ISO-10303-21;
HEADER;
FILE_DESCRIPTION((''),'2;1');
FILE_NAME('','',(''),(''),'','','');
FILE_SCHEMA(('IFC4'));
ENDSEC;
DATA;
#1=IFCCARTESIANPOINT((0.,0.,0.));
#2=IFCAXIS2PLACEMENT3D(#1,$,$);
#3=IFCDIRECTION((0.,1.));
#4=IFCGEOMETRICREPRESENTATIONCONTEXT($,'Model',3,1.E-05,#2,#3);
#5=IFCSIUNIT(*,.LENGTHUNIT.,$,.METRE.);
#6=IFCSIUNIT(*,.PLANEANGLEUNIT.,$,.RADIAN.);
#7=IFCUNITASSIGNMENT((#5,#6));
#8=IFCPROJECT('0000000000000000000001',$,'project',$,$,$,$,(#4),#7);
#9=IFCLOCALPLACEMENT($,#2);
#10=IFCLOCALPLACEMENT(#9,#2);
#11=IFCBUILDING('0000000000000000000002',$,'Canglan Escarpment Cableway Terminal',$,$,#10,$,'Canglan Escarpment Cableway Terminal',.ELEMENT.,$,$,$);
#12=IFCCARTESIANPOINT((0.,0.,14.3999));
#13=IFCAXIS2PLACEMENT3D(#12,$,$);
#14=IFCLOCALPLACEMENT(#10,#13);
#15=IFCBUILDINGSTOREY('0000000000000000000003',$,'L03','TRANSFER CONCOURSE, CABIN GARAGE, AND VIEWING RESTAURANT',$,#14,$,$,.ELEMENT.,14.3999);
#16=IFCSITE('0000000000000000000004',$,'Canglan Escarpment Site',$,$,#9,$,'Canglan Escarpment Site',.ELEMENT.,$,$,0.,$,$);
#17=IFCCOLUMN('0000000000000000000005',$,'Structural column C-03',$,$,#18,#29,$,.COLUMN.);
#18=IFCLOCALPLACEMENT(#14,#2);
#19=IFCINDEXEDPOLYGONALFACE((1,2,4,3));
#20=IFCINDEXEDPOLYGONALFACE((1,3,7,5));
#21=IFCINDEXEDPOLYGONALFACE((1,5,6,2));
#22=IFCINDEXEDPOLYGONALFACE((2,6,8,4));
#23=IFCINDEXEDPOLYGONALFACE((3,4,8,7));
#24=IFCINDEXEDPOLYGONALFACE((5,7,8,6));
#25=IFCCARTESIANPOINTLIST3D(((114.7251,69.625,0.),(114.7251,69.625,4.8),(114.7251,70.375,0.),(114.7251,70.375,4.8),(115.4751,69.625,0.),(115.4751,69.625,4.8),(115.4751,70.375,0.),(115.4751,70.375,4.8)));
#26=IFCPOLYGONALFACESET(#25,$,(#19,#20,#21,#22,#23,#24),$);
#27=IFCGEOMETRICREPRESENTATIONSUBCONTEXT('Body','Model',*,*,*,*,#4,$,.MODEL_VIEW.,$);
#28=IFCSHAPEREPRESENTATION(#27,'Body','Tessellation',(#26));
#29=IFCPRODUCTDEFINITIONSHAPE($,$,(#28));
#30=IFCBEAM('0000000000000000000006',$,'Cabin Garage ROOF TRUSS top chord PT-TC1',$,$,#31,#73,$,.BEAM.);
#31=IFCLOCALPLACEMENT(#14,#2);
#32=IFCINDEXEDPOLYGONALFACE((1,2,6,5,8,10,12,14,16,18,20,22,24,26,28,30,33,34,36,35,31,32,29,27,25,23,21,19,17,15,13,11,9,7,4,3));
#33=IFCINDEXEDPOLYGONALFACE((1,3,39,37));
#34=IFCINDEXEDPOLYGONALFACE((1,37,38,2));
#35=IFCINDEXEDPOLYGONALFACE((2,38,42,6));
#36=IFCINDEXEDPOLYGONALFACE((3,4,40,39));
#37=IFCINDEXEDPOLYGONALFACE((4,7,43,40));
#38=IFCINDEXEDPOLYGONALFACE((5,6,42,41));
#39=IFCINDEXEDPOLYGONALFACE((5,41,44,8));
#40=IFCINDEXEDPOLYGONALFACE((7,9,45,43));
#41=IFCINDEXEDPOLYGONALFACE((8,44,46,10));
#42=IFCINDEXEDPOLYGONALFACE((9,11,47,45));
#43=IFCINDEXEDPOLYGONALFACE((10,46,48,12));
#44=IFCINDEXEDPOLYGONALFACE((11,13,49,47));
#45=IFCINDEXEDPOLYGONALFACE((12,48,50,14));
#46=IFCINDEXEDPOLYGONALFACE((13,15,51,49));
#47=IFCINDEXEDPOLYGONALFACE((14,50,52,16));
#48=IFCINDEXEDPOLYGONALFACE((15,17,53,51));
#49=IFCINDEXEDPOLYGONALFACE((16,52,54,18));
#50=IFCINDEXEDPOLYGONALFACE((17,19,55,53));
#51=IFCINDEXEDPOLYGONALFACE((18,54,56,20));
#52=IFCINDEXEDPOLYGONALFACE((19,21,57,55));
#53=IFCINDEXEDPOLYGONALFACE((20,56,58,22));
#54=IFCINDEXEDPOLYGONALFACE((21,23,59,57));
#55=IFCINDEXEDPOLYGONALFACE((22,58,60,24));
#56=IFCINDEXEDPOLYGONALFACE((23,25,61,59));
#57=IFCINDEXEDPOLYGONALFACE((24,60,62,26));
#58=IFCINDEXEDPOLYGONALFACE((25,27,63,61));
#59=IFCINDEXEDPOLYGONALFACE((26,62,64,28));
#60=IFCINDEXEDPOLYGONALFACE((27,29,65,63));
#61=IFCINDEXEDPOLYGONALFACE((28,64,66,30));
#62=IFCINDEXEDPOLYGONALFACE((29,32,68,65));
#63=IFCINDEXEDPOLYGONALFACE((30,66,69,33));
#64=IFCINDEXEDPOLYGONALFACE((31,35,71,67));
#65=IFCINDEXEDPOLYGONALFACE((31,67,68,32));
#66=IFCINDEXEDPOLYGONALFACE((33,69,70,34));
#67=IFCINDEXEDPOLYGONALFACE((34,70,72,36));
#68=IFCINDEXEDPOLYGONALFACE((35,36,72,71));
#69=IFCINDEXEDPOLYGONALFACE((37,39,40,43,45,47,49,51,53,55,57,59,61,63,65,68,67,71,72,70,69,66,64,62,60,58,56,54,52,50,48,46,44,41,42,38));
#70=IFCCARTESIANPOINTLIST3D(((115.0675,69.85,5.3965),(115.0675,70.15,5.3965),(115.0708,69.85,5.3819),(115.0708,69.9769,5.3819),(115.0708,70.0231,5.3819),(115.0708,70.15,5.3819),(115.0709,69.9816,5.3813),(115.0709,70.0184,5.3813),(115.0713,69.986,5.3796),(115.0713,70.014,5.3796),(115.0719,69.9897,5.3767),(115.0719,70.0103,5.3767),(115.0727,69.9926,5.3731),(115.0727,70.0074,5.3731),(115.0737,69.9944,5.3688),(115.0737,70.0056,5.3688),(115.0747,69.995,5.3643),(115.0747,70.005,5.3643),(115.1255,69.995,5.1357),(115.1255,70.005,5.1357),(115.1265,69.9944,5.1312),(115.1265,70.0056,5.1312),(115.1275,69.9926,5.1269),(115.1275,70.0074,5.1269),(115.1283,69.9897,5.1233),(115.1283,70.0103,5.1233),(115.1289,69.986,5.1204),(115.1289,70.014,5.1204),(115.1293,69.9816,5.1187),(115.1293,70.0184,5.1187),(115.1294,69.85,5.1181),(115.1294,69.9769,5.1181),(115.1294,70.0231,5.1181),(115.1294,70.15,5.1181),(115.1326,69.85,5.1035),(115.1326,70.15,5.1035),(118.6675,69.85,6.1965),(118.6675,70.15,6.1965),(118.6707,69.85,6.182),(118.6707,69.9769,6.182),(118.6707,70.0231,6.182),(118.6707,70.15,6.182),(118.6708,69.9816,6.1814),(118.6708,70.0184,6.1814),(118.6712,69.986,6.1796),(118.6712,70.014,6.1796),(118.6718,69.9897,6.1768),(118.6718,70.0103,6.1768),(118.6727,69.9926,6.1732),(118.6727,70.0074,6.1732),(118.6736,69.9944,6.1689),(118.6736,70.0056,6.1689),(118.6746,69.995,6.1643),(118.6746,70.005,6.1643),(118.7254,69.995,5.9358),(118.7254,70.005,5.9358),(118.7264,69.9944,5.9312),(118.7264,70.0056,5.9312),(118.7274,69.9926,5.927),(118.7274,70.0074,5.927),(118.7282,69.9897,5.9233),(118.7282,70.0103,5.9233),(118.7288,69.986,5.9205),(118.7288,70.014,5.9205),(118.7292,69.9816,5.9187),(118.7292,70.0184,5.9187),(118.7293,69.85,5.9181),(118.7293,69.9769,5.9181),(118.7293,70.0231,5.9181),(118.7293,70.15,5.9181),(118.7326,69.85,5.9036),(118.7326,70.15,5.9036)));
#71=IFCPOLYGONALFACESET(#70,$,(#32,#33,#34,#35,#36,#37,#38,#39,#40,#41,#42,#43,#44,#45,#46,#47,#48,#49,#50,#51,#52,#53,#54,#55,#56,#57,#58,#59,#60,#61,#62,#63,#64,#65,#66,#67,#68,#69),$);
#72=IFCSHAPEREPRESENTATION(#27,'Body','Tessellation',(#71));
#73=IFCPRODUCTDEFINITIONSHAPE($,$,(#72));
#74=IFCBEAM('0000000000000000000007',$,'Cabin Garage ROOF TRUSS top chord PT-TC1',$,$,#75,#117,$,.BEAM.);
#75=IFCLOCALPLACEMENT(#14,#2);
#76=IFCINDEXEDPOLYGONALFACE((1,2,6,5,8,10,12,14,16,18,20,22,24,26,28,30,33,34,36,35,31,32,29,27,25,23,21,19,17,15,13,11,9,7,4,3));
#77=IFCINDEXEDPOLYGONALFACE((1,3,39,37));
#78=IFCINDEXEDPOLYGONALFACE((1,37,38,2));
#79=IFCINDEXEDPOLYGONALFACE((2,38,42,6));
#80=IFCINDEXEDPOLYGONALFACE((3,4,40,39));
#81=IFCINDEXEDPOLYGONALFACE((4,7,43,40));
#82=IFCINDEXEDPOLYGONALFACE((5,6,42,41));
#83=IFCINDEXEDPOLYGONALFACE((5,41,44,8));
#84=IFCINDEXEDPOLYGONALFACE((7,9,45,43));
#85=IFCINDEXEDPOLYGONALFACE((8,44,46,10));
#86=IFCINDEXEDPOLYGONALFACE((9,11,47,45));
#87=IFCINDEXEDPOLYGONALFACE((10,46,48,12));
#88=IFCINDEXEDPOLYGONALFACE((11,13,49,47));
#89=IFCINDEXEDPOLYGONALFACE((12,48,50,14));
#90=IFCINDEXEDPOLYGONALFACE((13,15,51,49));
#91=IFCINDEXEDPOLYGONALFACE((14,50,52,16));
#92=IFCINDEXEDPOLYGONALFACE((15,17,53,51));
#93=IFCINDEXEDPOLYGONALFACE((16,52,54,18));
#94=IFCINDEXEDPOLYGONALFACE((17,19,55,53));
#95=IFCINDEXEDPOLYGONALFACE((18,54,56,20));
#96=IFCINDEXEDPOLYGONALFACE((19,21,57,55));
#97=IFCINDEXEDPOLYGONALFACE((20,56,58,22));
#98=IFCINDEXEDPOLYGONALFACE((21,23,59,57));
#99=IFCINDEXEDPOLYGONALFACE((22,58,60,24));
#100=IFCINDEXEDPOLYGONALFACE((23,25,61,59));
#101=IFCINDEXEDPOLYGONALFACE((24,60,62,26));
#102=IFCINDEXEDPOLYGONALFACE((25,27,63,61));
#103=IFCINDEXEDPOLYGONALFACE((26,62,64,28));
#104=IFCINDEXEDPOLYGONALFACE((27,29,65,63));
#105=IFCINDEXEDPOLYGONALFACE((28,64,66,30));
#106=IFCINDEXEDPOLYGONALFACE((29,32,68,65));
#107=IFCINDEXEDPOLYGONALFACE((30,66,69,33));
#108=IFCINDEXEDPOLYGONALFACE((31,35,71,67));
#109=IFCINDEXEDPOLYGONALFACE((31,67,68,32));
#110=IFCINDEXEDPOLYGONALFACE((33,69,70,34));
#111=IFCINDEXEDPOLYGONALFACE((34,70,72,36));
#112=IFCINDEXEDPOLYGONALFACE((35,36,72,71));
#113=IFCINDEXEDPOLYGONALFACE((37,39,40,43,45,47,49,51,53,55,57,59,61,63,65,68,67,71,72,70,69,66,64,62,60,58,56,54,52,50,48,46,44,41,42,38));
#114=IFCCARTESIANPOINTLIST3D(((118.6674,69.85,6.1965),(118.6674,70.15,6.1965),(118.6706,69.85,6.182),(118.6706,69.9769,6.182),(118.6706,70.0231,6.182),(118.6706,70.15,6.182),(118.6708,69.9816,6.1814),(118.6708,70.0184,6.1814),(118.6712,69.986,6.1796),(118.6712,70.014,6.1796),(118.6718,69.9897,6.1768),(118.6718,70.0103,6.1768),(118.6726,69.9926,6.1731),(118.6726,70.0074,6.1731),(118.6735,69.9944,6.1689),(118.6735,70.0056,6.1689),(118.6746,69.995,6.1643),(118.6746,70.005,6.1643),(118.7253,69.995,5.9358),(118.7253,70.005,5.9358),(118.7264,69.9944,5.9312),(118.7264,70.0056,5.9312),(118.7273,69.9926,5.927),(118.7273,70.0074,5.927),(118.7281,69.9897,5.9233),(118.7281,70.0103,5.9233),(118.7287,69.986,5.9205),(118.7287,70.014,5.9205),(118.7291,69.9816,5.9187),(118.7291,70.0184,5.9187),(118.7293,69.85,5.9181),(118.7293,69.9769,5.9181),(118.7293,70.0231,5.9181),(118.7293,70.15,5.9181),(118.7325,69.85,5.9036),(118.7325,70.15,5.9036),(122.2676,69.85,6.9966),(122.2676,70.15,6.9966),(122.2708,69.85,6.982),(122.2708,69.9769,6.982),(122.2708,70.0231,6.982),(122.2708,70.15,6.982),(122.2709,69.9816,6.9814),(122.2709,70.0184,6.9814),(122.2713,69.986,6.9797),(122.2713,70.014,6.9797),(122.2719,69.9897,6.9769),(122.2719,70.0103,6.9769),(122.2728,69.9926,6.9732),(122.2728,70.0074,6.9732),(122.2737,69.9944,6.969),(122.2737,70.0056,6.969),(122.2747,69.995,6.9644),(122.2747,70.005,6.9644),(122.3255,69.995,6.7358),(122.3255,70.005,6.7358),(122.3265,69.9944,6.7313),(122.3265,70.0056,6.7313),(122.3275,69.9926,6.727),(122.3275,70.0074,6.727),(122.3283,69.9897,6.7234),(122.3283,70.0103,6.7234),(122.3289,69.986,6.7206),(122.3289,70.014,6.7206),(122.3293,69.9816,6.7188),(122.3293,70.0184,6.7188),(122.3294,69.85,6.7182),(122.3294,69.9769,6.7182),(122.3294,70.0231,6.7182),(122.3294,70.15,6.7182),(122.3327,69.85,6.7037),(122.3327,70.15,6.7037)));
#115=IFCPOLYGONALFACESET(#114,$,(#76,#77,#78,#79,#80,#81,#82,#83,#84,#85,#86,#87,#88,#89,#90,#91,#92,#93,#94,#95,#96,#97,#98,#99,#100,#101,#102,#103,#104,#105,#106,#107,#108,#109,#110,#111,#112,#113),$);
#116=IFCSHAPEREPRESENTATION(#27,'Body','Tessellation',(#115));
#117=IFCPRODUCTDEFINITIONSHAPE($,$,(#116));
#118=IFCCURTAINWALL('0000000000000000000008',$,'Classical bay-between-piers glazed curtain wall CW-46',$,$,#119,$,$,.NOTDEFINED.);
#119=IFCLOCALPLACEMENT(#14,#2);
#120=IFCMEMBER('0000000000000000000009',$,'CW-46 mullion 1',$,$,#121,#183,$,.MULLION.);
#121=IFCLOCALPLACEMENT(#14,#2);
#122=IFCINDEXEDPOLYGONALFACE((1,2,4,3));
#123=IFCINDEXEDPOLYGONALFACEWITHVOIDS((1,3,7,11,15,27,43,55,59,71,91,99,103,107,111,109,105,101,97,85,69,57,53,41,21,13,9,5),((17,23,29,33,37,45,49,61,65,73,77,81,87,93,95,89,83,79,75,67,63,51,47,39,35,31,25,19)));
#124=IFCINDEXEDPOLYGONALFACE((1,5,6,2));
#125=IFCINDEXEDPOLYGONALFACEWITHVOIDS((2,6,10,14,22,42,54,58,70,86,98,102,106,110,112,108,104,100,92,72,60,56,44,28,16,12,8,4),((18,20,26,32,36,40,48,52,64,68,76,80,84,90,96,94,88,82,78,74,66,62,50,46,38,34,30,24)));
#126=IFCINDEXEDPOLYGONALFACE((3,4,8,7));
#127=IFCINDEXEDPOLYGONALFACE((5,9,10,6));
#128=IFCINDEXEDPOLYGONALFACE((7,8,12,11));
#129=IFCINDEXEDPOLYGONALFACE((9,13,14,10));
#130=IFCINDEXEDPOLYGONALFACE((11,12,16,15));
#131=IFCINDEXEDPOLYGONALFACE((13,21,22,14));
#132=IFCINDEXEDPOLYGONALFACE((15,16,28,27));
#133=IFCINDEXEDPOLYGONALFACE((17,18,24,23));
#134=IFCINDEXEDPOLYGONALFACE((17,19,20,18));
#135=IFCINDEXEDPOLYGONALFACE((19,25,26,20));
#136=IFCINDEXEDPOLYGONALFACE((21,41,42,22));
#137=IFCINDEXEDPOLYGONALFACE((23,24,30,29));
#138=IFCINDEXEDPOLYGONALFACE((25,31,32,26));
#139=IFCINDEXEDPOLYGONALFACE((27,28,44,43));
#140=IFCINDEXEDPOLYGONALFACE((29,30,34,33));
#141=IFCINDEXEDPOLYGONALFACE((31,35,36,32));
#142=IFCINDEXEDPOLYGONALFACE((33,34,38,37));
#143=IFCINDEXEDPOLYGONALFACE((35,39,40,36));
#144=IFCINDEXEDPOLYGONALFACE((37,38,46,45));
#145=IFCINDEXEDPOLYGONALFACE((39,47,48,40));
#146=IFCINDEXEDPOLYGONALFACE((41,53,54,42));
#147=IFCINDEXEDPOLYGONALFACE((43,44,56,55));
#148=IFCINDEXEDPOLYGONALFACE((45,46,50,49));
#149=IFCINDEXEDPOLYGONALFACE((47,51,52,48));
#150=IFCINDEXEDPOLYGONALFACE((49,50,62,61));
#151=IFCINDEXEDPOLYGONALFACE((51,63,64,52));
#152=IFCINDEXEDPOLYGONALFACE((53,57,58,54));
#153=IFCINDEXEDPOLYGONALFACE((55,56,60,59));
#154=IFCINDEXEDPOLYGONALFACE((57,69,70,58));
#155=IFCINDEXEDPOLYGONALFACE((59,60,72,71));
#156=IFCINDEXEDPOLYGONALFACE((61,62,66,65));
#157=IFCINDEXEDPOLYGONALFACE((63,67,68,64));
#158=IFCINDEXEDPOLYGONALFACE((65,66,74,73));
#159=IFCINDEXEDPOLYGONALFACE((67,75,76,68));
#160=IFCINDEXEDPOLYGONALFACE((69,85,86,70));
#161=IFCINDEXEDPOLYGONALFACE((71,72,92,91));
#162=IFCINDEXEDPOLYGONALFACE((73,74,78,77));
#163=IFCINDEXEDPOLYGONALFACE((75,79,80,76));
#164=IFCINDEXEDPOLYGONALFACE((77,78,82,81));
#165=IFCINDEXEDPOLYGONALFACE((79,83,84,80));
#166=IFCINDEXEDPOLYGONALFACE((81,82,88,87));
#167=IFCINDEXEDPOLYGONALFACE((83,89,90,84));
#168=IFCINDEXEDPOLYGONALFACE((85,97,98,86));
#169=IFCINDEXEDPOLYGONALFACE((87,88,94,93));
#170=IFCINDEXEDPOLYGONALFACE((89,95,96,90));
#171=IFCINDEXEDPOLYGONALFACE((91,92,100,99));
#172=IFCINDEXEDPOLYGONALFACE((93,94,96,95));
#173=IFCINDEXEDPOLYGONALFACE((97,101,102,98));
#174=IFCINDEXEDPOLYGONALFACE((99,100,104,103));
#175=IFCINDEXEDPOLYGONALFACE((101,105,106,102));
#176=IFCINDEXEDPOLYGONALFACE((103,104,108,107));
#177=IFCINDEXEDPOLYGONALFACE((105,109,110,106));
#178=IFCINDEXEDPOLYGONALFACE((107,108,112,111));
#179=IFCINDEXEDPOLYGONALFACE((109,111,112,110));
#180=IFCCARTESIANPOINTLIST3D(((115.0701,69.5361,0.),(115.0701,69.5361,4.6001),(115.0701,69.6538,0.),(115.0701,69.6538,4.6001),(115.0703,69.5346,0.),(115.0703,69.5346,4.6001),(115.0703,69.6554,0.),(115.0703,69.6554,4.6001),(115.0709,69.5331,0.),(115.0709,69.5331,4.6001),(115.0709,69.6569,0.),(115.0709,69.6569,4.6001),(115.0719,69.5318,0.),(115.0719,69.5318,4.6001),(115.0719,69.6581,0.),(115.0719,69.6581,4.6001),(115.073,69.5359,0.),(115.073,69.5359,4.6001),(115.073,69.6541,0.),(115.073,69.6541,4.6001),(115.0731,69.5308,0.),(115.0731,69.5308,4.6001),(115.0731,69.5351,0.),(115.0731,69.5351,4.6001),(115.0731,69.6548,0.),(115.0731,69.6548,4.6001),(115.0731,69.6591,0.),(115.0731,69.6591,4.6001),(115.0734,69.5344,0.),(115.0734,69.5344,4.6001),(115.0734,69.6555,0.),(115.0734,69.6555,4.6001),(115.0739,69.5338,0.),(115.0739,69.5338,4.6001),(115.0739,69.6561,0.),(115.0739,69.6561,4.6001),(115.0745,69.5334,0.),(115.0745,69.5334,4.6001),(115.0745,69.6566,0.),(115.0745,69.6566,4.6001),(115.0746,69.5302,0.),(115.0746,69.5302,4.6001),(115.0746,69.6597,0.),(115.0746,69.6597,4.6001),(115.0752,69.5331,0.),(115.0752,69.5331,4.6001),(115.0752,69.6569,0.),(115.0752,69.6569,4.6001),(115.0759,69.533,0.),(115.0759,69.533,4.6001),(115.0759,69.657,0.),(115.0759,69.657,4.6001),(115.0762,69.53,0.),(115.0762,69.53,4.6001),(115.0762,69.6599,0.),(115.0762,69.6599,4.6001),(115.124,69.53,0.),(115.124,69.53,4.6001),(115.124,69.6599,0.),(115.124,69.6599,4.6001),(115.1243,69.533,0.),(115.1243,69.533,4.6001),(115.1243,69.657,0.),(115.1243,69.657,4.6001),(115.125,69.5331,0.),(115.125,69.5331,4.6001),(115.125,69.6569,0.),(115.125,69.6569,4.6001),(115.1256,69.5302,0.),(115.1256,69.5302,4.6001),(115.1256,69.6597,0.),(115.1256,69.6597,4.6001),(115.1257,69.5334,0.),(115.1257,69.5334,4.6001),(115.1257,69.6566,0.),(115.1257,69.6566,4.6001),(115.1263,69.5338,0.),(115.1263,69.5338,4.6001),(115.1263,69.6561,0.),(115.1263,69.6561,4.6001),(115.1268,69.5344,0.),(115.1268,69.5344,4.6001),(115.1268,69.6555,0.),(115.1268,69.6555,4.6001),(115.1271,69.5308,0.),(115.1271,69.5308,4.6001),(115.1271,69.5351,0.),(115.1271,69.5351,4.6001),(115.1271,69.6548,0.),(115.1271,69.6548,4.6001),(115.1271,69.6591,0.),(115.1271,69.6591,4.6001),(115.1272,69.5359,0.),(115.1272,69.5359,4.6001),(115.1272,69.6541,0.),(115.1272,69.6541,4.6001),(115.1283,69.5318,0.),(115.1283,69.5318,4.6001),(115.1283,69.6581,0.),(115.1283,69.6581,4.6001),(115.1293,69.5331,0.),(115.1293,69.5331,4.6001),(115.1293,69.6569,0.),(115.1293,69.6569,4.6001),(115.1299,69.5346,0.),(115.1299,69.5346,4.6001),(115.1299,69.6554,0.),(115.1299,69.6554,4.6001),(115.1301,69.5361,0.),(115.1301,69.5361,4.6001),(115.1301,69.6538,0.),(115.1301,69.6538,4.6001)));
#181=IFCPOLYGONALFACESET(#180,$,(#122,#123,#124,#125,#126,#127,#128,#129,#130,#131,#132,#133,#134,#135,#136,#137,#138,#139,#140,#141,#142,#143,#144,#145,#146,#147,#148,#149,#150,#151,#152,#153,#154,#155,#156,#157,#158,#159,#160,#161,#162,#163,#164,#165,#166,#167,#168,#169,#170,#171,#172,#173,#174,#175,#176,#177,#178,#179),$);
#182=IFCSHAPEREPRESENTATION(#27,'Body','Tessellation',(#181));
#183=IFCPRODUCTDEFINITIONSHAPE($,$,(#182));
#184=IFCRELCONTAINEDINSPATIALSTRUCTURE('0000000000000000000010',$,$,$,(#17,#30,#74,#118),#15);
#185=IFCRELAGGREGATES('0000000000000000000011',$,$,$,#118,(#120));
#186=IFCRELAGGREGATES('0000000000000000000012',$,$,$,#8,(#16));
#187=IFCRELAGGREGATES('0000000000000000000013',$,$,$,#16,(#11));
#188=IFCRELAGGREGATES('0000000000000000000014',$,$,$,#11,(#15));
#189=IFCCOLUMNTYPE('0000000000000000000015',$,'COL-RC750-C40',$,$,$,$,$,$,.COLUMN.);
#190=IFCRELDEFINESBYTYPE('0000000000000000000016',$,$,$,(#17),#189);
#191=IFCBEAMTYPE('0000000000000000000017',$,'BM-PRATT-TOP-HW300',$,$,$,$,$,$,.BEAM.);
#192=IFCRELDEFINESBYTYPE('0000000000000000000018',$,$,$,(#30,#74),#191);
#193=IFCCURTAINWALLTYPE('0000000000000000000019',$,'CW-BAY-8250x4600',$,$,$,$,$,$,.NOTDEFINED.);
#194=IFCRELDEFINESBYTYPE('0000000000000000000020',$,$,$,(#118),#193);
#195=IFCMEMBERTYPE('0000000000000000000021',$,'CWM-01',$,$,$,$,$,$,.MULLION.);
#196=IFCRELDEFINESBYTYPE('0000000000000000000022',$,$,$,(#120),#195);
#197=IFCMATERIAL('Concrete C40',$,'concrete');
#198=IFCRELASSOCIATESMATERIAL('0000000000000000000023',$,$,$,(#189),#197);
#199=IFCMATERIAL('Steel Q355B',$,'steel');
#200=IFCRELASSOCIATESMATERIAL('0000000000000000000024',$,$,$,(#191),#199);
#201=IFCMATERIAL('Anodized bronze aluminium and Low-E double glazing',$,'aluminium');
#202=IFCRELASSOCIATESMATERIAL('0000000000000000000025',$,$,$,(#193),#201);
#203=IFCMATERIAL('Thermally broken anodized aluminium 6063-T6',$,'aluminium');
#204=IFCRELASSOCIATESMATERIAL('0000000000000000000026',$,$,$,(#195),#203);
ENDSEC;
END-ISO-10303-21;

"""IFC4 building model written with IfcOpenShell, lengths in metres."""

from ifc_helpers import new_model, si_unit, direction, frame, origin, origin_2d, place, context, subcontext, project, spatial, rectangle, hollow_rectangle, i_section, extrude, material, material_profile, profile_set, type_object, element, aggregate, save


model = new_model("IFC4")

# Units and contexts
model_context = context("Model", 3, precision=1e-05, world=origin(), true_north=direction((0.0, 1.0)))
body_context = subcontext(model_context, "Body", "Model", "MODEL_VIEW")
ifc_project = project(units=[si_unit("LENGTHUNIT", "METRE"), si_unit("PLANEANGLEUNIT", "RADIAN")], contexts=[model_context])

# Site, building, storey
site_placement = place(None, origin())
site = spatial("IfcSite", under=ifc_project, at=site_placement, Name="Canglan Escarpment Site", LongName="Canglan Escarpment Site", CompositionType="ELEMENT", RefElevation=0.0)
building_placement = place(site_placement, origin())
building = spatial("IfcBuilding", under=site, at=building_placement, Name="Canglan Escarpment Cableway Terminal", LongName="Canglan Escarpment Cableway Terminal", CompositionType="ELEMENT")
storey_placement = place(building_placement, frame((0.0, 0.0, 14.3999)))
storey = spatial("IfcBuildingStorey", under=building, at=storey_placement, Name="L03", Description="TRANSFER CONCOURSE, CABIN GARAGE, AND VIEWING RESTAURANT", CompositionType="ELEMENT", Elevation=14.3999)

# Column
ifc_material_1 = material(Name="Concrete C40", Category="concrete")
ifc_material_profile_1 = material_profile(ifc_material_1, rectangle(XDim=0.75, YDim=0.75, at=origin_2d()), Name="RC 750x750")
ifc_profile_set_1 = profile_set([ifc_material_profile_1], Name="Concrete C40")
column_type = type_object("IfcColumnType", Name="COL-RC750-C40", PredefinedType="COLUMN", material=ifc_profile_set_1)
column_placement = place(storey_placement, frame((115.1001, 70.0, 0.0), z_axis=(0.0, 0.0, 1.0), x_axis=(1.0, 0.0, 0.0)))
element("IfcColumn", 1, at=column_placement, inside=storey, type_object=column_type, Name="Structural column C-03", PredefinedType="COLUMN", context=body_context, shape_type="SweptSolid", body=[
    extrude(rectangle(XDim=0.75, YDim=0.75, at=origin_2d()), origin(), (0.0, 0.0, 1.0), 4.8),
])

# Beams
ifc_material_2 = material(Name="Steel Q355B", Category="steel")
ifc_material_profile_2 = material_profile(ifc_material_2, i_section(OverallWidth=0.3, OverallDepth=0.3, WebThickness=0.01, FlangeThickness=0.0149, FilletRadius=0.0181, at=origin_2d()), Name="HW 300x300x10x15")
ifc_profile_set_2 = profile_set([ifc_material_profile_2], Name="Steel Q355B")
beam_type = type_object("IfcBeamType", Name="BM-PRATT-TOP-HW300", PredefinedType="BEAM", material=ifc_profile_set_2)
beam_1_placement = place(storey_placement, frame((115.1001, 70.0, 5.25), z_axis=(0.976182, 0.0, 0.216951), x_axis=(0.0, 1.0, 0.0)))
element("IfcBeam", 2, at=beam_1_placement, inside=storey, type_object=beam_type, Name="Cabin Garage ROOF TRUSS top chord PT-TC1", PredefinedType="BEAM", context=body_context, shape_type="SweptSolid", body=[
    extrude(i_section(OverallWidth=0.3, OverallDepth=0.3, WebThickness=0.01, FlangeThickness=0.0149, FilletRadius=0.0181, at=origin_2d()), origin(), (0.0, 0.0, 1.0), 3.6877),
])
beam_2_placement = place(storey_placement, frame((118.7, 70.0, 6.05), z_axis=(0.976186, 0.0, 0.216937), x_axis=(0.0, 1.0, 0.0)))
element("IfcBeam", 3, at=beam_2_placement, inside=storey, type_object=beam_type, Name="Cabin Garage ROOF TRUSS top chord PT-TC1", PredefinedType="BEAM", context=body_context, shape_type="SweptSolid", body=[
    extrude(i_section(OverallWidth=0.3, OverallDepth=0.3, WebThickness=0.01, FlangeThickness=0.0149, FilletRadius=0.0181, at=origin_2d()), origin(), (0.0, 0.0, 1.0), 3.688),
])

# Curtain wall, member
ifc_material_3 = material(Name="Anodized bronze aluminium and Low-E double glazing", Category="aluminium")
curtain_wall_type = type_object("IfcCurtainWallType", Name="CW-BAY-8250x4600", PredefinedType="NOTDEFINED", material=ifc_material_3)
curtain_wall_placement = place(storey_placement, origin())
curtain_wall = element("IfcCurtainWall", 4, at=curtain_wall_placement, inside=storey, type_object=curtain_wall_type, Name="Classical bay-between-piers glazed curtain wall CW-46", PredefinedType="NOTDEFINED")
ifc_material_4 = material(Name="Thermally broken anodized aluminium 6063-T6", Category="aluminium")
ifc_material_profile_3 = material_profile(ifc_material_4, hollow_rectangle(XDim=0.0601, YDim=0.1299, WallThickness=0.0029, InnerFilletRadius=0.0029, OuterFilletRadius=0.0061, at=origin_2d()), Name="ALU-MULL 60x130x3")
ifc_profile_set_3 = profile_set([ifc_material_profile_3], Name="Thermally broken anodized aluminium 6063-T6")
member_type_1 = type_object("IfcMemberType", Name="CWM-01", PredefinedType="MULLION", material=ifc_profile_set_3)
member_1_placement = place(storey_placement, frame((115.1001, 69.595, 0.0), z_axis=(0.0, 0.0, 1.0), x_axis=(1.0, 0.0, 0.0)))
member_1 = element("IfcMember", 5, at=member_1_placement, type_object=member_type_1, Name="CW-46 mullion 1", PredefinedType="MULLION", context=body_context, shape_type="SweptSolid", body=[
    extrude(hollow_rectangle(XDim=0.0601, YDim=0.1299, WallThickness=0.0029, InnerFilletRadius=0.0029, OuterFilletRadius=0.0061, at=origin_2d()), origin(), (0.0, 0.0, 1.0), 4.6001),
])

aggregate(curtain_wall, [member_1])

save(model, "model.ifc")
